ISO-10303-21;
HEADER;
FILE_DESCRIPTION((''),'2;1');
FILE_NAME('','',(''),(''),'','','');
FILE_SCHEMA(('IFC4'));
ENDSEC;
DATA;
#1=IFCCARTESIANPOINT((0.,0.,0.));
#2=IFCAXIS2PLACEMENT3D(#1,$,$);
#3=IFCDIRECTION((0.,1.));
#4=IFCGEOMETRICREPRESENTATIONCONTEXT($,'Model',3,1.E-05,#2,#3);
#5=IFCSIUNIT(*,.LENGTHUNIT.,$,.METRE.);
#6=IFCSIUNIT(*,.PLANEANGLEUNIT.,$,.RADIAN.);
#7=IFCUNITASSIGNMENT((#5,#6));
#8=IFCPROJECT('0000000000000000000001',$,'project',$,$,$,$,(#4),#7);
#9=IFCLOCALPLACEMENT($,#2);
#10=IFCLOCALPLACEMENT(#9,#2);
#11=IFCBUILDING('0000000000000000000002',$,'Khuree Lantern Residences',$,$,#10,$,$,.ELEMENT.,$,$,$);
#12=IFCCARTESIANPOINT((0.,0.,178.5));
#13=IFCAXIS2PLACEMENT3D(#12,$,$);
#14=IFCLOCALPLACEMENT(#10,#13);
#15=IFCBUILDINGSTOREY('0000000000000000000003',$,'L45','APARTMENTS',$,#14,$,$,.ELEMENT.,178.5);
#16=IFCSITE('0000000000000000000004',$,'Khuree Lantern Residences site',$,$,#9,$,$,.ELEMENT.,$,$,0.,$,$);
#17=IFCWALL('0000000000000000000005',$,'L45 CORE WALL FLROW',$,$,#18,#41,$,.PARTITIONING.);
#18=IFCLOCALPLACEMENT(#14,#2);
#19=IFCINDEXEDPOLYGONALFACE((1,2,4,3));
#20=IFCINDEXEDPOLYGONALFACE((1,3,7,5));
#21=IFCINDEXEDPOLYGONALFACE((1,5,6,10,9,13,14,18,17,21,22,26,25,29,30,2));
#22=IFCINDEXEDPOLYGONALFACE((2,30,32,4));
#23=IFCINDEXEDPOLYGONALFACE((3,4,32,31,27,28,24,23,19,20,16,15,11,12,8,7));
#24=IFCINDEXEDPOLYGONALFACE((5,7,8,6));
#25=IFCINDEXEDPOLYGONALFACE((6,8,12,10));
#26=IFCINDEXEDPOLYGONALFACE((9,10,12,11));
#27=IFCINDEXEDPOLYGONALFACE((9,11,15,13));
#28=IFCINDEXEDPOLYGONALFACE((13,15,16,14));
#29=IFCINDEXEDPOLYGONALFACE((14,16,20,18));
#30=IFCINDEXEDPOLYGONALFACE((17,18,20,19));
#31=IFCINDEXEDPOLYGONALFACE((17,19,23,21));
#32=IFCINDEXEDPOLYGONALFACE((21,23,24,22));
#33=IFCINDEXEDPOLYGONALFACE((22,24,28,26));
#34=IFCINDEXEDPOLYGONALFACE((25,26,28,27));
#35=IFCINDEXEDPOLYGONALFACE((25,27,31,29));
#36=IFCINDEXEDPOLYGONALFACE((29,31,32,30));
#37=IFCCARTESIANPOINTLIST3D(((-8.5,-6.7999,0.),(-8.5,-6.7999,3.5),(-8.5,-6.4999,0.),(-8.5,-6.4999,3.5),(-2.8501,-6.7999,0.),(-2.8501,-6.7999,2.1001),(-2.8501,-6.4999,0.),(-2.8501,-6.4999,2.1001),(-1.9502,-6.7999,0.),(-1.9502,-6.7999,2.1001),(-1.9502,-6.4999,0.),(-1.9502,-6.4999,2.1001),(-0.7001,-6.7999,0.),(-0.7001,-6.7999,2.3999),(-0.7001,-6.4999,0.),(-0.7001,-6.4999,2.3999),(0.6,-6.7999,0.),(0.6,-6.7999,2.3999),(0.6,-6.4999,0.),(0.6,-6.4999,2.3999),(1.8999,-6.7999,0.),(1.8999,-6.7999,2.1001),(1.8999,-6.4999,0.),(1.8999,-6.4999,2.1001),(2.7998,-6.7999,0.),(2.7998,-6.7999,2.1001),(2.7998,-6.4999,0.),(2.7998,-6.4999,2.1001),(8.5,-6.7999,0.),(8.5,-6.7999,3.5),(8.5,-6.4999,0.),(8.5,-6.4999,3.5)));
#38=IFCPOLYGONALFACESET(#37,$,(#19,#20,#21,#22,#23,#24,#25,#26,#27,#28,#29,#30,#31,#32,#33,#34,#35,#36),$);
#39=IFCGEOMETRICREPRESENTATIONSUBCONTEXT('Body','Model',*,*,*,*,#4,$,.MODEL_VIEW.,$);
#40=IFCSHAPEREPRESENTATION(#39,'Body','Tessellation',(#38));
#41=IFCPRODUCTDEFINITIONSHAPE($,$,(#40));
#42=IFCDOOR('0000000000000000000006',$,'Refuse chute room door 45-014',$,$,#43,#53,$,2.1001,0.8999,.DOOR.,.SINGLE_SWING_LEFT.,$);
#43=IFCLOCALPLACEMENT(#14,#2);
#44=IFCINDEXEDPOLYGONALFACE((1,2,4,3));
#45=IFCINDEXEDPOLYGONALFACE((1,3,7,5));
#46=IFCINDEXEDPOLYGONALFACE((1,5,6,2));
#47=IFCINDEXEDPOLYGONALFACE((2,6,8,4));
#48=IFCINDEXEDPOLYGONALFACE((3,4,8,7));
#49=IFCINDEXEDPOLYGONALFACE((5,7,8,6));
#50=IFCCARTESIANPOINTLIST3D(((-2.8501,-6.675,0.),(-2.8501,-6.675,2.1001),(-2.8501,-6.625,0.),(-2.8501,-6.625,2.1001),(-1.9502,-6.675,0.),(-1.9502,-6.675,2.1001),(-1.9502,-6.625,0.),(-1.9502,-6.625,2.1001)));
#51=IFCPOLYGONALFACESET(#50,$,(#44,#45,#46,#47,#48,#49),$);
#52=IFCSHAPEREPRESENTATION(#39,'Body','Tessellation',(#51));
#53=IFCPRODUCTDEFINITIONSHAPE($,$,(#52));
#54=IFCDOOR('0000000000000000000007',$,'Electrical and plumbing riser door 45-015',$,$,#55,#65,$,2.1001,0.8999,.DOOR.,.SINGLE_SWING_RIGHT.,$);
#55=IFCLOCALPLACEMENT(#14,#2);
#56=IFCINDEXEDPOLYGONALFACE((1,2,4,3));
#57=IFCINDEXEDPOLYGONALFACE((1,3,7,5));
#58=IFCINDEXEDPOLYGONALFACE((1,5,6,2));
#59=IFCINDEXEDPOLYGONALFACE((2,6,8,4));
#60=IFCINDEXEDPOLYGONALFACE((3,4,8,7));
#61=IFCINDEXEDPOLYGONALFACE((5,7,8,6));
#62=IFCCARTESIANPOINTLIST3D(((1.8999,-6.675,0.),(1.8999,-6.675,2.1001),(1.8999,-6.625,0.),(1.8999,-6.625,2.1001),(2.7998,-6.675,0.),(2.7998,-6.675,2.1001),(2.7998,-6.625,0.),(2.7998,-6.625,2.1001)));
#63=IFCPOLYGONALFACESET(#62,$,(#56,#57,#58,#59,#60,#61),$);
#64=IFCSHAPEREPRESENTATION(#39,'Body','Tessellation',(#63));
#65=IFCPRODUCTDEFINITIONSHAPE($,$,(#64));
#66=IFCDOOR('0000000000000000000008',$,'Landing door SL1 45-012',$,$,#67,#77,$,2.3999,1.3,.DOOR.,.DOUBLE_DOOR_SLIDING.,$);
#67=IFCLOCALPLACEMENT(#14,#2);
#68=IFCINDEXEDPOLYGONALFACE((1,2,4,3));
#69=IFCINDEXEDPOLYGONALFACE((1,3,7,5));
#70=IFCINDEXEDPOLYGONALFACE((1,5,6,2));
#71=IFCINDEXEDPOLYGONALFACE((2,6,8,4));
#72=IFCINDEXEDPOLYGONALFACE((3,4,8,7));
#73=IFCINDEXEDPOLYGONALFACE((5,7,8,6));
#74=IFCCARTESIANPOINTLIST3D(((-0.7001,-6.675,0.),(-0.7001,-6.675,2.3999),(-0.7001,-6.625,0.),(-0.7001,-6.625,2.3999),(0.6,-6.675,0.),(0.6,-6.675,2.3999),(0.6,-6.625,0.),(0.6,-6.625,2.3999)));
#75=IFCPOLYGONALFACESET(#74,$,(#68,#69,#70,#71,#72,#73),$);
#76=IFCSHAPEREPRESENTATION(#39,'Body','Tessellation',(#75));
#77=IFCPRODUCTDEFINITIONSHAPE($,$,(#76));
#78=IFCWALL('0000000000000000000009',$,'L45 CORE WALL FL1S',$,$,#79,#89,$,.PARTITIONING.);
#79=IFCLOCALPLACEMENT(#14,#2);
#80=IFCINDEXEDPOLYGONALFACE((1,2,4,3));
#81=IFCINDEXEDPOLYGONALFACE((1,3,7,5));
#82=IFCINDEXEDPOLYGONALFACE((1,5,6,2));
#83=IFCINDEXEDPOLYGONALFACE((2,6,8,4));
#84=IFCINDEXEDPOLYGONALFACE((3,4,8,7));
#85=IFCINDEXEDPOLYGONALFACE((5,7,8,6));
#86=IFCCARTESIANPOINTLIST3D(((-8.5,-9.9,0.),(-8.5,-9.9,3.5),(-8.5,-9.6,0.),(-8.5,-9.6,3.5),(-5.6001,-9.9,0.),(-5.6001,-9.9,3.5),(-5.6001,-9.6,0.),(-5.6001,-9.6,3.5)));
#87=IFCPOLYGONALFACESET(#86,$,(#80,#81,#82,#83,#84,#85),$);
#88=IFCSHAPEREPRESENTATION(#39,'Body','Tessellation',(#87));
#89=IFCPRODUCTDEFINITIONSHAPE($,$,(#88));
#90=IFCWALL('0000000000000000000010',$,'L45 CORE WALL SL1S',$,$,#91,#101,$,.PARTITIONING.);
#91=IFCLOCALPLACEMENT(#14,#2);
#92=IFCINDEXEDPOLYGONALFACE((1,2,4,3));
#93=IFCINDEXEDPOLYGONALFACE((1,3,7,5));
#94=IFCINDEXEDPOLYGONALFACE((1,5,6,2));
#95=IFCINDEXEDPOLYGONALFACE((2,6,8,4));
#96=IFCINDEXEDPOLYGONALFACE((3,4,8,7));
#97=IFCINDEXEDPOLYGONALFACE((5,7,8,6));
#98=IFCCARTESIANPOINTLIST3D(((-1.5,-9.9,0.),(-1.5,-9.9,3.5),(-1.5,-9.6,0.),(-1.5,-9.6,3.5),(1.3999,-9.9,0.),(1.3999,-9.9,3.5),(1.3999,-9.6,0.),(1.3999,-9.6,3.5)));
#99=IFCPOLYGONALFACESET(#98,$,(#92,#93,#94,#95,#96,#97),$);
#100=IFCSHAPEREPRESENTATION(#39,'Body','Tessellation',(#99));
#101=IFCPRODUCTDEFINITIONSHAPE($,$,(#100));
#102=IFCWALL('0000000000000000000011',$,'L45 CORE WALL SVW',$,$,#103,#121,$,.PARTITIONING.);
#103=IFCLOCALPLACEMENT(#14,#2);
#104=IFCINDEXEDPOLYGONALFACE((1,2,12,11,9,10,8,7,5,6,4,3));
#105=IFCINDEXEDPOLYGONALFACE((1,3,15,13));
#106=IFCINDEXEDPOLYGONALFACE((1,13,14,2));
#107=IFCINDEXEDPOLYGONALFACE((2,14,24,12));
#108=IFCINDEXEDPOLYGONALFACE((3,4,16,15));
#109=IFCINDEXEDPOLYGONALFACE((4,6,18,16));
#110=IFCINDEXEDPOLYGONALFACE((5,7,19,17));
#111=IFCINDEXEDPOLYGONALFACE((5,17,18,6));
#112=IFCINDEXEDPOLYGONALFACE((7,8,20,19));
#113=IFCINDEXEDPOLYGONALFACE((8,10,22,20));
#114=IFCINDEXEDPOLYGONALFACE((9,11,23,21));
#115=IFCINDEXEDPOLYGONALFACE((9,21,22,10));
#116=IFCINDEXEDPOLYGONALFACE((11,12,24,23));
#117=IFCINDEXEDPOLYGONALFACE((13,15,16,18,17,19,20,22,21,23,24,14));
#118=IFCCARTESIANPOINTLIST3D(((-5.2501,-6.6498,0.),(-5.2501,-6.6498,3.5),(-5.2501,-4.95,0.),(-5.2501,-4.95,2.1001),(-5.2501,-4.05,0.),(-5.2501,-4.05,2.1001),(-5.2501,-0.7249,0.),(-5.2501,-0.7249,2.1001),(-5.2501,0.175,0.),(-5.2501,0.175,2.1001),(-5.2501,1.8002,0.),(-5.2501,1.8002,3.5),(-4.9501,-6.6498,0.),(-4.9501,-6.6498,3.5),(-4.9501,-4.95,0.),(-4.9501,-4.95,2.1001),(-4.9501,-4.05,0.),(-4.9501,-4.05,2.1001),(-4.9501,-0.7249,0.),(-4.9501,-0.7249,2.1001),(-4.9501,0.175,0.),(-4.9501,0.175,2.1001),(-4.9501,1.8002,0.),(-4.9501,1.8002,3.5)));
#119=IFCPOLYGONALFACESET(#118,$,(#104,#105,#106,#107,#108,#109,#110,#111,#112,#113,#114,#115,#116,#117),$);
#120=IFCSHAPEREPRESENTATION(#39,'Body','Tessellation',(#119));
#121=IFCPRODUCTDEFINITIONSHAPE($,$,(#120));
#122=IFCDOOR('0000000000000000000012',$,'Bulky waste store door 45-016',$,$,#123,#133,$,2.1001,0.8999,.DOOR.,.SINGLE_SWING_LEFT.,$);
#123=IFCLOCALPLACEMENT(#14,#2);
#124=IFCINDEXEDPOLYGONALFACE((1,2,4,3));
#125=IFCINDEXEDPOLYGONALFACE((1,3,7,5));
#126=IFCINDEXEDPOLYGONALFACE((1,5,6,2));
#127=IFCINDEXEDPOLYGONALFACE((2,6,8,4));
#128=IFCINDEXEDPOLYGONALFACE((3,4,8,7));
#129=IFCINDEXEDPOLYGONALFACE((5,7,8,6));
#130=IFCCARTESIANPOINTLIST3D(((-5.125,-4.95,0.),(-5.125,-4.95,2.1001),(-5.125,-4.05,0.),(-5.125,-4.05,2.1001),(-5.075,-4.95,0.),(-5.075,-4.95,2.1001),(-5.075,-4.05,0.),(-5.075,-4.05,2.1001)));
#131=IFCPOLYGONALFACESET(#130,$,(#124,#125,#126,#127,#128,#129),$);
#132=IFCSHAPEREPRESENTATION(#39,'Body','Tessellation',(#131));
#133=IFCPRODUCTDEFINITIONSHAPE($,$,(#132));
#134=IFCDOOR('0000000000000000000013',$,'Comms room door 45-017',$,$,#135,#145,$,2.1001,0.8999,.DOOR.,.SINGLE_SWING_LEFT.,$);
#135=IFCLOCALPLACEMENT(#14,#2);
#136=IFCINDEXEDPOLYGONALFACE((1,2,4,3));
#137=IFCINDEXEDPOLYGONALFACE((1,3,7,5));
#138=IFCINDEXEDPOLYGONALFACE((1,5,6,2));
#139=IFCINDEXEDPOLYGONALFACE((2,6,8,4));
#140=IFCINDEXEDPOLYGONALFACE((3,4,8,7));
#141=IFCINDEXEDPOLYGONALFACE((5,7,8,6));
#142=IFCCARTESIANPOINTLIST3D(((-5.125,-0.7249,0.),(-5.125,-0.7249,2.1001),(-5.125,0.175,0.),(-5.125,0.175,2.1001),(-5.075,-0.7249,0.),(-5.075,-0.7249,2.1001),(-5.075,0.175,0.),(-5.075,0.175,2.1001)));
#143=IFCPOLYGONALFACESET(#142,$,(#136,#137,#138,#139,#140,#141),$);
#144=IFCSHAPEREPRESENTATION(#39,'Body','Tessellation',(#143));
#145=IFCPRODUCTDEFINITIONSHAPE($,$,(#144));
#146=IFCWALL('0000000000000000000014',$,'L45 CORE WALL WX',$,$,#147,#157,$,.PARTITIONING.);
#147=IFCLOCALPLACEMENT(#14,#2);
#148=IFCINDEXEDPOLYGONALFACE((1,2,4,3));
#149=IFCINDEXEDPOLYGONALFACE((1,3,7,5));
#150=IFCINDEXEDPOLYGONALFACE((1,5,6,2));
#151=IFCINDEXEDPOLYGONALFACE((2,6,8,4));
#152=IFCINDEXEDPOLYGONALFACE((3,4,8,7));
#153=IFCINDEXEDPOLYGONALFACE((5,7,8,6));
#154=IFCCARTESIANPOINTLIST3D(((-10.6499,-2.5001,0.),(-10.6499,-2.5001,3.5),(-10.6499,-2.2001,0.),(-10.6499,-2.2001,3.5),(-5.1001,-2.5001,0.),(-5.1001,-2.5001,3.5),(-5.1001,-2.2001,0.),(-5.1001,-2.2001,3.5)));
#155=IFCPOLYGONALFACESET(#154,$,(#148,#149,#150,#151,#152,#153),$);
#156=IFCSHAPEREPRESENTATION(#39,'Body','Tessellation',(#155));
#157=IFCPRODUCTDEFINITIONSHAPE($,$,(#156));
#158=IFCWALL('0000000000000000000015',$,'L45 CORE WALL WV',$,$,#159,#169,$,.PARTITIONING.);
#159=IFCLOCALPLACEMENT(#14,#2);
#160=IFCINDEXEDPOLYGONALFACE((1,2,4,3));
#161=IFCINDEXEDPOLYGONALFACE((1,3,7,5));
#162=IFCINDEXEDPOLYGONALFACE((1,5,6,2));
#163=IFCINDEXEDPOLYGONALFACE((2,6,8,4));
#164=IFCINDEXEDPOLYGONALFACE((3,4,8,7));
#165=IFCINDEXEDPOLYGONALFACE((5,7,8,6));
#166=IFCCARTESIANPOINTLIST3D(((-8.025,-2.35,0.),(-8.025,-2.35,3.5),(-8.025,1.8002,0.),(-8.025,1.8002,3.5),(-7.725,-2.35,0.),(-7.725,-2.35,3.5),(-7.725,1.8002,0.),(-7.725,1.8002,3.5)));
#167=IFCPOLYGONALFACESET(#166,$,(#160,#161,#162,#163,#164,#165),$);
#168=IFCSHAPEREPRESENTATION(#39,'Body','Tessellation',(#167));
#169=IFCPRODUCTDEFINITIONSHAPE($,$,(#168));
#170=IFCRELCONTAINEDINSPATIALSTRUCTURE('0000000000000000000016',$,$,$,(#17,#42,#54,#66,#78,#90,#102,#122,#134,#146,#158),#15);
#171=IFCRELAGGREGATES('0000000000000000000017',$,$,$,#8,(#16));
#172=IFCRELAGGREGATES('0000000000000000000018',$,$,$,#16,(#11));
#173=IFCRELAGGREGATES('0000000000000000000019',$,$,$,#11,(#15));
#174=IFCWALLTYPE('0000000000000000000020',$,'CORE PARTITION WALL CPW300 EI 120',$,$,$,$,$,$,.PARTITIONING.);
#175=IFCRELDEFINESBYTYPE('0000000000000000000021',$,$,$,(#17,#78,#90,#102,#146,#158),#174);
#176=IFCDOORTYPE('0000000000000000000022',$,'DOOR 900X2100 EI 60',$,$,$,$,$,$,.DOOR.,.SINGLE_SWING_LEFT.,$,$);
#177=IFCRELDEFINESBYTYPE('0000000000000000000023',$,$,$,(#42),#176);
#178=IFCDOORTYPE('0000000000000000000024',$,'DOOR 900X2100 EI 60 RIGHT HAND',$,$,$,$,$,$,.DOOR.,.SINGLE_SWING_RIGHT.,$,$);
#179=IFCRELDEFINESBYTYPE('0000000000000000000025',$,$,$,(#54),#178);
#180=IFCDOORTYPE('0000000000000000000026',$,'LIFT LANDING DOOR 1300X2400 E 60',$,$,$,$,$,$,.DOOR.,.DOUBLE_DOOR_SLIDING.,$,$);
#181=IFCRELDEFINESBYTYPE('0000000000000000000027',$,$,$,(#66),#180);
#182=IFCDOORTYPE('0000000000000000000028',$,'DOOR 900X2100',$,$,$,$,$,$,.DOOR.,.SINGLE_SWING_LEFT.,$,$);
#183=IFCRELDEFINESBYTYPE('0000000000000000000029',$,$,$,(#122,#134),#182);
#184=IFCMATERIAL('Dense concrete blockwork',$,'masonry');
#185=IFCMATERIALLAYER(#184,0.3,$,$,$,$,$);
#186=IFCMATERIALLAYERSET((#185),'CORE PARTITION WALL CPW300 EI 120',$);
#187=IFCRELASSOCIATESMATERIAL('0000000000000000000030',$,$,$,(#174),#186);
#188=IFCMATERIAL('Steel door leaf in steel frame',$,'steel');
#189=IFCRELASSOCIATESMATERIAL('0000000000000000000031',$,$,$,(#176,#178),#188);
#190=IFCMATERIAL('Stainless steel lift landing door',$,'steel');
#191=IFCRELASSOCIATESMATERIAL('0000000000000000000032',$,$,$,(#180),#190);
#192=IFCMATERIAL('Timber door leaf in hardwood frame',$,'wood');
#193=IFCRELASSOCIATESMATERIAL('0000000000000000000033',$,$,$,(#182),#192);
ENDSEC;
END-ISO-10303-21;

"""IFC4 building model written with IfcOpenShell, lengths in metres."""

from ifc_helpers import new_model, si_unit, direction, frame, frame_2d, origin, place, context, subcontext, project, spatial, rectangle, extrude, material, layer, layer_set, type_object, element, fill, save


model = new_model("IFC4")

# Units and contexts
model_context = context("Model", 3, precision=1e-05, world=origin(), true_north=direction((0.0, 1.0)))
body_context = subcontext(model_context, "Body", "Model", "MODEL_VIEW")
ifc_project = project(units=[si_unit("LENGTHUNIT", "METRE"), si_unit("PLANEANGLEUNIT", "RADIAN")], contexts=[model_context])

# Site, building, storey
site_placement = place(None, origin())
site = spatial("IfcSite", under=ifc_project, at=site_placement, Name="Khuree Lantern Residences site", CompositionType="ELEMENT", RefElevation=0.0)
building_placement = place(site_placement, origin())
building = spatial("IfcBuilding", under=site, at=building_placement, Name="Khuree Lantern Residences", CompositionType="ELEMENT")
storey_placement = place(building_placement, frame((0.0, 0.0, 178.5)))
storey = spatial("IfcBuildingStorey", under=building, at=storey_placement, Name="L45", Description="APARTMENTS", CompositionType="ELEMENT", Elevation=178.5)

# Wall, openings, doors
ifc_material_1 = material(Name="Dense concrete blockwork", Category="masonry")
ifc_layer_1 = layer(ifc_material_1, 0.3)
ifc_layer_set_1 = layer_set([ifc_layer_1], Name="CORE PARTITION WALL CPW300 EI 120")
wall_type_1 = type_object("IfcWallType", Name="CORE PARTITION WALL CPW300 EI 120", PredefinedType="PARTITIONING", material=ifc_layer_set_1)
wall_1_placement = place(storey_placement, frame((-8.5, -6.6499, 0.0), z_axis=(0.0, 0.0, 1.0), x_axis=(1.0, 0.0, 0.0)))
wall_1 = element("IfcWall", 1, at=wall_1_placement, inside=storey, type_object=wall_type_1, Name="L45 CORE WALL FLROW", PredefinedType="PARTITIONING", context=body_context, shape_type="SweptSolid", body=[
    extrude(rectangle(XDim=17.0, YDim=0.3, at=frame_2d((8.5, 0.0))), origin(), (0.0, 0.0, 1.0), 3.5),
])
opening_1_placement = place(wall_1_placement, frame((7.8, 0.0, 0.0)))
opening_1 = element("IfcOpeningElement", 2, at=opening_1_placement, cuts=wall_1, PredefinedType="OPENING", context=body_context, shape_type="SweptSolid", body=[
    extrude(rectangle(XDim=1.3, YDim=2.3999, at=frame_2d((0.6499, 1.2))), frame((0.0, 0.1602, 0.0), z_axis=(0.0, -1.0, 0.0), x_axis=(1.0, 0.0, 0.0)), (0.0, 0.0, 1.0), 0.3201),
])
opening_2_placement = place(wall_1_placement, frame((5.6499, 0.0, 0.0)))
opening_2 = element("IfcOpeningElement", 3, at=opening_2_placement, cuts=wall_1, PredefinedType="OPENING", context=body_context, shape_type="SweptSolid", body=[
    extrude(rectangle(XDim=0.8999, YDim=2.1001, at=frame_2d((0.45, 1.05))), frame((0.0, 0.1602, 0.0), z_axis=(0.0, -1.0, 0.0), x_axis=(1.0, 0.0, 0.0)), (0.0, 0.0, 1.0), 0.3201),
])
opening_3_placement = place(wall_1_placement, frame((10.3999, 0.0, 0.0)))
opening_3 = element("IfcOpeningElement", 4, at=opening_3_placement, cuts=wall_1, PredefinedType="OPENING", context=body_context, shape_type="SweptSolid", body=[
    extrude(rectangle(XDim=0.8999, YDim=2.1001, at=frame_2d((0.45, 1.05))), frame((0.0, 0.1602, 0.0), z_axis=(0.0, -1.0, 0.0), x_axis=(1.0, 0.0, 0.0)), (0.0, 0.0, 1.0), 0.3201),
])
ifc_material_2 = material(Name="Steel door leaf in steel frame", Category="steel")
door_type_1 = type_object("IfcDoorType", Name="DOOR 900X2100 EI 60", OperationType="SINGLE_SWING_LEFT", PredefinedType="DOOR", material=ifc_material_2)
door_1_placement = place(opening_2_placement, origin())
door_1 = element("IfcDoor", 5, at=door_1_placement, inside=storey, type_object=door_type_1, Name="Refuse chute room door 45-014", OperationType="SINGLE_SWING_LEFT", OverallHeight=2.1001, OverallWidth=0.8999, PredefinedType="DOOR", context=body_context, shape_type="SweptSolid", body=[
    extrude(rectangle(XDim=0.8999, YDim=2.1001, at=frame_2d((0.45, 1.05))), frame((0.0, 0.0249, 0.0), z_axis=(0.0, -1.0, 0.0), x_axis=(1.0, 0.0, 0.0)), (0.0, 0.0, 1.0), 0.05),
])
fill(opening_2, door_1)
door_type_2 = type_object("IfcDoorType", Name="DOOR 900X2100 EI 60 RIGHT HAND", OperationType="SINGLE_SWING_RIGHT", PredefinedType="DOOR", material=ifc_material_2)
door_2_placement = place(opening_3_placement, origin())
door_2 = element("IfcDoor", 6, at=door_2_placement, inside=storey, type_object=door_type_2, Name="Electrical and plumbing riser door 45-015", OperationType="SINGLE_SWING_RIGHT", OverallHeight=2.1001, OverallWidth=0.8999, PredefinedType="DOOR", context=body_context, shape_type="SweptSolid", body=[
    extrude(rectangle(XDim=0.8999, YDim=2.1001, at=frame_2d((0.45, 1.05))), frame((0.0, 0.0249, 0.0), z_axis=(0.0, -1.0, 0.0), x_axis=(1.0, 0.0, 0.0)), (0.0, 0.0, 1.0), 0.05),
])
fill(opening_3, door_2)
ifc_material_3 = material(Name="Stainless steel lift landing door", Category="steel")
door_type_3 = type_object("IfcDoorType", Name="LIFT LANDING DOOR 1300X2400 E 60", OperationType="DOUBLE_DOOR_SLIDING", PredefinedType="DOOR", material=ifc_material_3)
door_3_placement = place(opening_1_placement, origin())
door_3 = element("IfcDoor", 7, at=door_3_placement, inside=storey, type_object=door_type_3, Name="Landing door SL1 45-012", OperationType="DOUBLE_DOOR_SLIDING", OverallHeight=2.3999, OverallWidth=1.3, PredefinedType="DOOR", context=body_context, shape_type="SweptSolid", body=[
    extrude(rectangle(XDim=1.3, YDim=2.3999, at=frame_2d((0.6499, 1.2))), frame((0.0, 0.0249, 0.0), z_axis=(0.0, -1.0, 0.0), x_axis=(1.0, 0.0, 0.0)), (0.0, 0.0, 1.0), 0.05),
])
fill(opening_1, door_3)

# Walls
for number, where, z_axis, x_axis, name in (
    (8, (-8.5, -9.75, 0.0), (0.0, 0.0, 1.0), (1.0, 0.0, 0.0), "L45 CORE WALL FL1S"),
    (9, (-1.5, -9.75, 0.0), (0.0, 0.0, 1.0), (1.0, 0.0, 0.0), "L45 CORE WALL SL1S"),
):
    element("IfcWall", number, at=place(storey_placement, frame(where, z_axis=z_axis, x_axis=x_axis)), inside=storey, type_object=wall_type_1, Name=name, PredefinedType="PARTITIONING", context=body_context, shape_type="SweptSolid", body=[
        extrude(rectangle(XDim=2.8999, YDim=0.3, at=frame_2d((1.45, 0.0))), origin(), (0.0, 0.0, 1.0), 3.5),
    ])

# Wall, openings, doors
wall_2_placement = place(storey_placement, frame((-5.1001, -6.6499, 0.0), z_axis=(0.0, 0.0, 1.0), x_axis=(0.0, 1.0, 0.0)))
wall_2 = element("IfcWall", 10, at=wall_2_placement, inside=storey, type_object=wall_type_1, Name="L45 CORE WALL SVW", PredefinedType="PARTITIONING", context=body_context, shape_type="SweptSolid", body=[
    extrude(rectangle(XDim=8.45, YDim=0.3, at=frame_2d((4.2251, 0.0))), origin(), (0.0, 0.0, 1.0), 3.5),
])
opening_4_placement = place(wall_2_placement, frame((1.7, 0.0, 0.0)))
opening_4 = element("IfcOpeningElement", 11, at=opening_4_placement, cuts=wall_2, PredefinedType="OPENING", context=body_context, shape_type="SweptSolid", body=[
    extrude(rectangle(XDim=0.8999, YDim=2.1001, at=frame_2d((0.45, 1.05))), frame((0.0, 0.1602, 0.0), z_axis=(0.0, -1.0, 0.0), x_axis=(1.0, 0.0, 0.0)), (0.0, 0.0, 1.0), 0.3201),
])
opening_5_placement = place(wall_2_placement, frame((5.925, 0.0, 0.0)))
opening_5 = element("IfcOpeningElement", 12, at=opening_5_placement, cuts=wall_2, PredefinedType="OPENING", context=body_context, shape_type="SweptSolid", body=[
    extrude(rectangle(XDim=0.8999, YDim=2.1001, at=frame_2d((0.45, 1.05))), frame((0.0, 0.1602, 0.0), z_axis=(0.0, -1.0, 0.0), x_axis=(1.0, 0.0, 0.0)), (0.0, 0.0, 1.0), 0.3201),
])
ifc_material_4 = material(Name="Timber door leaf in hardwood frame", Category="wood")
door_type_4 = type_object("IfcDoorType", Name="DOOR 900X2100", OperationType="SINGLE_SWING_LEFT", PredefinedType="DOOR", material=ifc_material_4)
door_4_placement = place(opening_4_placement, origin())
door_4 = element("IfcDoor", 13, at=door_4_placement, inside=storey, type_object=door_type_4, Name="Bulky waste store door 45-016", OperationType="SINGLE_SWING_LEFT", OverallHeight=2.1001, OverallWidth=0.8999, PredefinedType="DOOR", context=body_context, shape_type="SweptSolid", body=[
    extrude(rectangle(XDim=0.8999, YDim=2.1001, at=frame_2d((0.45, 1.05))), frame((0.0, 0.0249, 0.0), z_axis=(0.0, -1.0, 0.0), x_axis=(1.0, 0.0, 0.0)), (0.0, 0.0, 1.0), 0.05),
])
fill(opening_4, door_4)
door_5_placement = place(opening_5_placement, origin())
door_5 = element("IfcDoor", 14, at=door_5_placement, inside=storey, type_object=door_type_4, Name="Comms room door 45-017", OperationType="SINGLE_SWING_LEFT", OverallHeight=2.1001, OverallWidth=0.8999, PredefinedType="DOOR", context=body_context, shape_type="SweptSolid", body=[
    extrude(rectangle(XDim=0.8999, YDim=2.1001, at=frame_2d((0.45, 1.05))), frame((0.0, 0.0249, 0.0), z_axis=(0.0, -1.0, 0.0), x_axis=(1.0, 0.0, 0.0)), (0.0, 0.0, 1.0), 0.05),
])
fill(opening_5, door_5)

# Walls
wall_3_placement = place(storey_placement, frame((-10.6499, -2.3501, 0.0), z_axis=(0.0, 0.0, 1.0), x_axis=(1.0, 0.0, 0.0)))
element("IfcWall", 15, at=wall_3_placement, inside=storey, type_object=wall_type_1, Name="L45 CORE WALL WX", PredefinedType="PARTITIONING", context=body_context, shape_type="SweptSolid", body=[
    extrude(rectangle(XDim=5.5498, YDim=0.3, at=frame_2d((2.7749, 0.0))), origin(), (0.0, 0.0, 1.0), 3.5),
])
wall_4_placement = place(storey_placement, frame((-7.875, -2.3501, 0.0), z_axis=(0.0, 0.0, 1.0), x_axis=(0.0, 1.0, 0.0)))
element("IfcWall", 16, at=wall_4_placement, inside=storey, type_object=wall_type_1, Name="L45 CORE WALL WV", PredefinedType="PARTITIONING", context=body_context, shape_type="SweptSolid", body=[
    extrude(rectangle(XDim=4.1501, YDim=0.3, at=frame_2d((2.0752, 0.0))), origin(), (0.0, 0.0, 1.0), 3.5),
])

save(model, "model.ifc")
